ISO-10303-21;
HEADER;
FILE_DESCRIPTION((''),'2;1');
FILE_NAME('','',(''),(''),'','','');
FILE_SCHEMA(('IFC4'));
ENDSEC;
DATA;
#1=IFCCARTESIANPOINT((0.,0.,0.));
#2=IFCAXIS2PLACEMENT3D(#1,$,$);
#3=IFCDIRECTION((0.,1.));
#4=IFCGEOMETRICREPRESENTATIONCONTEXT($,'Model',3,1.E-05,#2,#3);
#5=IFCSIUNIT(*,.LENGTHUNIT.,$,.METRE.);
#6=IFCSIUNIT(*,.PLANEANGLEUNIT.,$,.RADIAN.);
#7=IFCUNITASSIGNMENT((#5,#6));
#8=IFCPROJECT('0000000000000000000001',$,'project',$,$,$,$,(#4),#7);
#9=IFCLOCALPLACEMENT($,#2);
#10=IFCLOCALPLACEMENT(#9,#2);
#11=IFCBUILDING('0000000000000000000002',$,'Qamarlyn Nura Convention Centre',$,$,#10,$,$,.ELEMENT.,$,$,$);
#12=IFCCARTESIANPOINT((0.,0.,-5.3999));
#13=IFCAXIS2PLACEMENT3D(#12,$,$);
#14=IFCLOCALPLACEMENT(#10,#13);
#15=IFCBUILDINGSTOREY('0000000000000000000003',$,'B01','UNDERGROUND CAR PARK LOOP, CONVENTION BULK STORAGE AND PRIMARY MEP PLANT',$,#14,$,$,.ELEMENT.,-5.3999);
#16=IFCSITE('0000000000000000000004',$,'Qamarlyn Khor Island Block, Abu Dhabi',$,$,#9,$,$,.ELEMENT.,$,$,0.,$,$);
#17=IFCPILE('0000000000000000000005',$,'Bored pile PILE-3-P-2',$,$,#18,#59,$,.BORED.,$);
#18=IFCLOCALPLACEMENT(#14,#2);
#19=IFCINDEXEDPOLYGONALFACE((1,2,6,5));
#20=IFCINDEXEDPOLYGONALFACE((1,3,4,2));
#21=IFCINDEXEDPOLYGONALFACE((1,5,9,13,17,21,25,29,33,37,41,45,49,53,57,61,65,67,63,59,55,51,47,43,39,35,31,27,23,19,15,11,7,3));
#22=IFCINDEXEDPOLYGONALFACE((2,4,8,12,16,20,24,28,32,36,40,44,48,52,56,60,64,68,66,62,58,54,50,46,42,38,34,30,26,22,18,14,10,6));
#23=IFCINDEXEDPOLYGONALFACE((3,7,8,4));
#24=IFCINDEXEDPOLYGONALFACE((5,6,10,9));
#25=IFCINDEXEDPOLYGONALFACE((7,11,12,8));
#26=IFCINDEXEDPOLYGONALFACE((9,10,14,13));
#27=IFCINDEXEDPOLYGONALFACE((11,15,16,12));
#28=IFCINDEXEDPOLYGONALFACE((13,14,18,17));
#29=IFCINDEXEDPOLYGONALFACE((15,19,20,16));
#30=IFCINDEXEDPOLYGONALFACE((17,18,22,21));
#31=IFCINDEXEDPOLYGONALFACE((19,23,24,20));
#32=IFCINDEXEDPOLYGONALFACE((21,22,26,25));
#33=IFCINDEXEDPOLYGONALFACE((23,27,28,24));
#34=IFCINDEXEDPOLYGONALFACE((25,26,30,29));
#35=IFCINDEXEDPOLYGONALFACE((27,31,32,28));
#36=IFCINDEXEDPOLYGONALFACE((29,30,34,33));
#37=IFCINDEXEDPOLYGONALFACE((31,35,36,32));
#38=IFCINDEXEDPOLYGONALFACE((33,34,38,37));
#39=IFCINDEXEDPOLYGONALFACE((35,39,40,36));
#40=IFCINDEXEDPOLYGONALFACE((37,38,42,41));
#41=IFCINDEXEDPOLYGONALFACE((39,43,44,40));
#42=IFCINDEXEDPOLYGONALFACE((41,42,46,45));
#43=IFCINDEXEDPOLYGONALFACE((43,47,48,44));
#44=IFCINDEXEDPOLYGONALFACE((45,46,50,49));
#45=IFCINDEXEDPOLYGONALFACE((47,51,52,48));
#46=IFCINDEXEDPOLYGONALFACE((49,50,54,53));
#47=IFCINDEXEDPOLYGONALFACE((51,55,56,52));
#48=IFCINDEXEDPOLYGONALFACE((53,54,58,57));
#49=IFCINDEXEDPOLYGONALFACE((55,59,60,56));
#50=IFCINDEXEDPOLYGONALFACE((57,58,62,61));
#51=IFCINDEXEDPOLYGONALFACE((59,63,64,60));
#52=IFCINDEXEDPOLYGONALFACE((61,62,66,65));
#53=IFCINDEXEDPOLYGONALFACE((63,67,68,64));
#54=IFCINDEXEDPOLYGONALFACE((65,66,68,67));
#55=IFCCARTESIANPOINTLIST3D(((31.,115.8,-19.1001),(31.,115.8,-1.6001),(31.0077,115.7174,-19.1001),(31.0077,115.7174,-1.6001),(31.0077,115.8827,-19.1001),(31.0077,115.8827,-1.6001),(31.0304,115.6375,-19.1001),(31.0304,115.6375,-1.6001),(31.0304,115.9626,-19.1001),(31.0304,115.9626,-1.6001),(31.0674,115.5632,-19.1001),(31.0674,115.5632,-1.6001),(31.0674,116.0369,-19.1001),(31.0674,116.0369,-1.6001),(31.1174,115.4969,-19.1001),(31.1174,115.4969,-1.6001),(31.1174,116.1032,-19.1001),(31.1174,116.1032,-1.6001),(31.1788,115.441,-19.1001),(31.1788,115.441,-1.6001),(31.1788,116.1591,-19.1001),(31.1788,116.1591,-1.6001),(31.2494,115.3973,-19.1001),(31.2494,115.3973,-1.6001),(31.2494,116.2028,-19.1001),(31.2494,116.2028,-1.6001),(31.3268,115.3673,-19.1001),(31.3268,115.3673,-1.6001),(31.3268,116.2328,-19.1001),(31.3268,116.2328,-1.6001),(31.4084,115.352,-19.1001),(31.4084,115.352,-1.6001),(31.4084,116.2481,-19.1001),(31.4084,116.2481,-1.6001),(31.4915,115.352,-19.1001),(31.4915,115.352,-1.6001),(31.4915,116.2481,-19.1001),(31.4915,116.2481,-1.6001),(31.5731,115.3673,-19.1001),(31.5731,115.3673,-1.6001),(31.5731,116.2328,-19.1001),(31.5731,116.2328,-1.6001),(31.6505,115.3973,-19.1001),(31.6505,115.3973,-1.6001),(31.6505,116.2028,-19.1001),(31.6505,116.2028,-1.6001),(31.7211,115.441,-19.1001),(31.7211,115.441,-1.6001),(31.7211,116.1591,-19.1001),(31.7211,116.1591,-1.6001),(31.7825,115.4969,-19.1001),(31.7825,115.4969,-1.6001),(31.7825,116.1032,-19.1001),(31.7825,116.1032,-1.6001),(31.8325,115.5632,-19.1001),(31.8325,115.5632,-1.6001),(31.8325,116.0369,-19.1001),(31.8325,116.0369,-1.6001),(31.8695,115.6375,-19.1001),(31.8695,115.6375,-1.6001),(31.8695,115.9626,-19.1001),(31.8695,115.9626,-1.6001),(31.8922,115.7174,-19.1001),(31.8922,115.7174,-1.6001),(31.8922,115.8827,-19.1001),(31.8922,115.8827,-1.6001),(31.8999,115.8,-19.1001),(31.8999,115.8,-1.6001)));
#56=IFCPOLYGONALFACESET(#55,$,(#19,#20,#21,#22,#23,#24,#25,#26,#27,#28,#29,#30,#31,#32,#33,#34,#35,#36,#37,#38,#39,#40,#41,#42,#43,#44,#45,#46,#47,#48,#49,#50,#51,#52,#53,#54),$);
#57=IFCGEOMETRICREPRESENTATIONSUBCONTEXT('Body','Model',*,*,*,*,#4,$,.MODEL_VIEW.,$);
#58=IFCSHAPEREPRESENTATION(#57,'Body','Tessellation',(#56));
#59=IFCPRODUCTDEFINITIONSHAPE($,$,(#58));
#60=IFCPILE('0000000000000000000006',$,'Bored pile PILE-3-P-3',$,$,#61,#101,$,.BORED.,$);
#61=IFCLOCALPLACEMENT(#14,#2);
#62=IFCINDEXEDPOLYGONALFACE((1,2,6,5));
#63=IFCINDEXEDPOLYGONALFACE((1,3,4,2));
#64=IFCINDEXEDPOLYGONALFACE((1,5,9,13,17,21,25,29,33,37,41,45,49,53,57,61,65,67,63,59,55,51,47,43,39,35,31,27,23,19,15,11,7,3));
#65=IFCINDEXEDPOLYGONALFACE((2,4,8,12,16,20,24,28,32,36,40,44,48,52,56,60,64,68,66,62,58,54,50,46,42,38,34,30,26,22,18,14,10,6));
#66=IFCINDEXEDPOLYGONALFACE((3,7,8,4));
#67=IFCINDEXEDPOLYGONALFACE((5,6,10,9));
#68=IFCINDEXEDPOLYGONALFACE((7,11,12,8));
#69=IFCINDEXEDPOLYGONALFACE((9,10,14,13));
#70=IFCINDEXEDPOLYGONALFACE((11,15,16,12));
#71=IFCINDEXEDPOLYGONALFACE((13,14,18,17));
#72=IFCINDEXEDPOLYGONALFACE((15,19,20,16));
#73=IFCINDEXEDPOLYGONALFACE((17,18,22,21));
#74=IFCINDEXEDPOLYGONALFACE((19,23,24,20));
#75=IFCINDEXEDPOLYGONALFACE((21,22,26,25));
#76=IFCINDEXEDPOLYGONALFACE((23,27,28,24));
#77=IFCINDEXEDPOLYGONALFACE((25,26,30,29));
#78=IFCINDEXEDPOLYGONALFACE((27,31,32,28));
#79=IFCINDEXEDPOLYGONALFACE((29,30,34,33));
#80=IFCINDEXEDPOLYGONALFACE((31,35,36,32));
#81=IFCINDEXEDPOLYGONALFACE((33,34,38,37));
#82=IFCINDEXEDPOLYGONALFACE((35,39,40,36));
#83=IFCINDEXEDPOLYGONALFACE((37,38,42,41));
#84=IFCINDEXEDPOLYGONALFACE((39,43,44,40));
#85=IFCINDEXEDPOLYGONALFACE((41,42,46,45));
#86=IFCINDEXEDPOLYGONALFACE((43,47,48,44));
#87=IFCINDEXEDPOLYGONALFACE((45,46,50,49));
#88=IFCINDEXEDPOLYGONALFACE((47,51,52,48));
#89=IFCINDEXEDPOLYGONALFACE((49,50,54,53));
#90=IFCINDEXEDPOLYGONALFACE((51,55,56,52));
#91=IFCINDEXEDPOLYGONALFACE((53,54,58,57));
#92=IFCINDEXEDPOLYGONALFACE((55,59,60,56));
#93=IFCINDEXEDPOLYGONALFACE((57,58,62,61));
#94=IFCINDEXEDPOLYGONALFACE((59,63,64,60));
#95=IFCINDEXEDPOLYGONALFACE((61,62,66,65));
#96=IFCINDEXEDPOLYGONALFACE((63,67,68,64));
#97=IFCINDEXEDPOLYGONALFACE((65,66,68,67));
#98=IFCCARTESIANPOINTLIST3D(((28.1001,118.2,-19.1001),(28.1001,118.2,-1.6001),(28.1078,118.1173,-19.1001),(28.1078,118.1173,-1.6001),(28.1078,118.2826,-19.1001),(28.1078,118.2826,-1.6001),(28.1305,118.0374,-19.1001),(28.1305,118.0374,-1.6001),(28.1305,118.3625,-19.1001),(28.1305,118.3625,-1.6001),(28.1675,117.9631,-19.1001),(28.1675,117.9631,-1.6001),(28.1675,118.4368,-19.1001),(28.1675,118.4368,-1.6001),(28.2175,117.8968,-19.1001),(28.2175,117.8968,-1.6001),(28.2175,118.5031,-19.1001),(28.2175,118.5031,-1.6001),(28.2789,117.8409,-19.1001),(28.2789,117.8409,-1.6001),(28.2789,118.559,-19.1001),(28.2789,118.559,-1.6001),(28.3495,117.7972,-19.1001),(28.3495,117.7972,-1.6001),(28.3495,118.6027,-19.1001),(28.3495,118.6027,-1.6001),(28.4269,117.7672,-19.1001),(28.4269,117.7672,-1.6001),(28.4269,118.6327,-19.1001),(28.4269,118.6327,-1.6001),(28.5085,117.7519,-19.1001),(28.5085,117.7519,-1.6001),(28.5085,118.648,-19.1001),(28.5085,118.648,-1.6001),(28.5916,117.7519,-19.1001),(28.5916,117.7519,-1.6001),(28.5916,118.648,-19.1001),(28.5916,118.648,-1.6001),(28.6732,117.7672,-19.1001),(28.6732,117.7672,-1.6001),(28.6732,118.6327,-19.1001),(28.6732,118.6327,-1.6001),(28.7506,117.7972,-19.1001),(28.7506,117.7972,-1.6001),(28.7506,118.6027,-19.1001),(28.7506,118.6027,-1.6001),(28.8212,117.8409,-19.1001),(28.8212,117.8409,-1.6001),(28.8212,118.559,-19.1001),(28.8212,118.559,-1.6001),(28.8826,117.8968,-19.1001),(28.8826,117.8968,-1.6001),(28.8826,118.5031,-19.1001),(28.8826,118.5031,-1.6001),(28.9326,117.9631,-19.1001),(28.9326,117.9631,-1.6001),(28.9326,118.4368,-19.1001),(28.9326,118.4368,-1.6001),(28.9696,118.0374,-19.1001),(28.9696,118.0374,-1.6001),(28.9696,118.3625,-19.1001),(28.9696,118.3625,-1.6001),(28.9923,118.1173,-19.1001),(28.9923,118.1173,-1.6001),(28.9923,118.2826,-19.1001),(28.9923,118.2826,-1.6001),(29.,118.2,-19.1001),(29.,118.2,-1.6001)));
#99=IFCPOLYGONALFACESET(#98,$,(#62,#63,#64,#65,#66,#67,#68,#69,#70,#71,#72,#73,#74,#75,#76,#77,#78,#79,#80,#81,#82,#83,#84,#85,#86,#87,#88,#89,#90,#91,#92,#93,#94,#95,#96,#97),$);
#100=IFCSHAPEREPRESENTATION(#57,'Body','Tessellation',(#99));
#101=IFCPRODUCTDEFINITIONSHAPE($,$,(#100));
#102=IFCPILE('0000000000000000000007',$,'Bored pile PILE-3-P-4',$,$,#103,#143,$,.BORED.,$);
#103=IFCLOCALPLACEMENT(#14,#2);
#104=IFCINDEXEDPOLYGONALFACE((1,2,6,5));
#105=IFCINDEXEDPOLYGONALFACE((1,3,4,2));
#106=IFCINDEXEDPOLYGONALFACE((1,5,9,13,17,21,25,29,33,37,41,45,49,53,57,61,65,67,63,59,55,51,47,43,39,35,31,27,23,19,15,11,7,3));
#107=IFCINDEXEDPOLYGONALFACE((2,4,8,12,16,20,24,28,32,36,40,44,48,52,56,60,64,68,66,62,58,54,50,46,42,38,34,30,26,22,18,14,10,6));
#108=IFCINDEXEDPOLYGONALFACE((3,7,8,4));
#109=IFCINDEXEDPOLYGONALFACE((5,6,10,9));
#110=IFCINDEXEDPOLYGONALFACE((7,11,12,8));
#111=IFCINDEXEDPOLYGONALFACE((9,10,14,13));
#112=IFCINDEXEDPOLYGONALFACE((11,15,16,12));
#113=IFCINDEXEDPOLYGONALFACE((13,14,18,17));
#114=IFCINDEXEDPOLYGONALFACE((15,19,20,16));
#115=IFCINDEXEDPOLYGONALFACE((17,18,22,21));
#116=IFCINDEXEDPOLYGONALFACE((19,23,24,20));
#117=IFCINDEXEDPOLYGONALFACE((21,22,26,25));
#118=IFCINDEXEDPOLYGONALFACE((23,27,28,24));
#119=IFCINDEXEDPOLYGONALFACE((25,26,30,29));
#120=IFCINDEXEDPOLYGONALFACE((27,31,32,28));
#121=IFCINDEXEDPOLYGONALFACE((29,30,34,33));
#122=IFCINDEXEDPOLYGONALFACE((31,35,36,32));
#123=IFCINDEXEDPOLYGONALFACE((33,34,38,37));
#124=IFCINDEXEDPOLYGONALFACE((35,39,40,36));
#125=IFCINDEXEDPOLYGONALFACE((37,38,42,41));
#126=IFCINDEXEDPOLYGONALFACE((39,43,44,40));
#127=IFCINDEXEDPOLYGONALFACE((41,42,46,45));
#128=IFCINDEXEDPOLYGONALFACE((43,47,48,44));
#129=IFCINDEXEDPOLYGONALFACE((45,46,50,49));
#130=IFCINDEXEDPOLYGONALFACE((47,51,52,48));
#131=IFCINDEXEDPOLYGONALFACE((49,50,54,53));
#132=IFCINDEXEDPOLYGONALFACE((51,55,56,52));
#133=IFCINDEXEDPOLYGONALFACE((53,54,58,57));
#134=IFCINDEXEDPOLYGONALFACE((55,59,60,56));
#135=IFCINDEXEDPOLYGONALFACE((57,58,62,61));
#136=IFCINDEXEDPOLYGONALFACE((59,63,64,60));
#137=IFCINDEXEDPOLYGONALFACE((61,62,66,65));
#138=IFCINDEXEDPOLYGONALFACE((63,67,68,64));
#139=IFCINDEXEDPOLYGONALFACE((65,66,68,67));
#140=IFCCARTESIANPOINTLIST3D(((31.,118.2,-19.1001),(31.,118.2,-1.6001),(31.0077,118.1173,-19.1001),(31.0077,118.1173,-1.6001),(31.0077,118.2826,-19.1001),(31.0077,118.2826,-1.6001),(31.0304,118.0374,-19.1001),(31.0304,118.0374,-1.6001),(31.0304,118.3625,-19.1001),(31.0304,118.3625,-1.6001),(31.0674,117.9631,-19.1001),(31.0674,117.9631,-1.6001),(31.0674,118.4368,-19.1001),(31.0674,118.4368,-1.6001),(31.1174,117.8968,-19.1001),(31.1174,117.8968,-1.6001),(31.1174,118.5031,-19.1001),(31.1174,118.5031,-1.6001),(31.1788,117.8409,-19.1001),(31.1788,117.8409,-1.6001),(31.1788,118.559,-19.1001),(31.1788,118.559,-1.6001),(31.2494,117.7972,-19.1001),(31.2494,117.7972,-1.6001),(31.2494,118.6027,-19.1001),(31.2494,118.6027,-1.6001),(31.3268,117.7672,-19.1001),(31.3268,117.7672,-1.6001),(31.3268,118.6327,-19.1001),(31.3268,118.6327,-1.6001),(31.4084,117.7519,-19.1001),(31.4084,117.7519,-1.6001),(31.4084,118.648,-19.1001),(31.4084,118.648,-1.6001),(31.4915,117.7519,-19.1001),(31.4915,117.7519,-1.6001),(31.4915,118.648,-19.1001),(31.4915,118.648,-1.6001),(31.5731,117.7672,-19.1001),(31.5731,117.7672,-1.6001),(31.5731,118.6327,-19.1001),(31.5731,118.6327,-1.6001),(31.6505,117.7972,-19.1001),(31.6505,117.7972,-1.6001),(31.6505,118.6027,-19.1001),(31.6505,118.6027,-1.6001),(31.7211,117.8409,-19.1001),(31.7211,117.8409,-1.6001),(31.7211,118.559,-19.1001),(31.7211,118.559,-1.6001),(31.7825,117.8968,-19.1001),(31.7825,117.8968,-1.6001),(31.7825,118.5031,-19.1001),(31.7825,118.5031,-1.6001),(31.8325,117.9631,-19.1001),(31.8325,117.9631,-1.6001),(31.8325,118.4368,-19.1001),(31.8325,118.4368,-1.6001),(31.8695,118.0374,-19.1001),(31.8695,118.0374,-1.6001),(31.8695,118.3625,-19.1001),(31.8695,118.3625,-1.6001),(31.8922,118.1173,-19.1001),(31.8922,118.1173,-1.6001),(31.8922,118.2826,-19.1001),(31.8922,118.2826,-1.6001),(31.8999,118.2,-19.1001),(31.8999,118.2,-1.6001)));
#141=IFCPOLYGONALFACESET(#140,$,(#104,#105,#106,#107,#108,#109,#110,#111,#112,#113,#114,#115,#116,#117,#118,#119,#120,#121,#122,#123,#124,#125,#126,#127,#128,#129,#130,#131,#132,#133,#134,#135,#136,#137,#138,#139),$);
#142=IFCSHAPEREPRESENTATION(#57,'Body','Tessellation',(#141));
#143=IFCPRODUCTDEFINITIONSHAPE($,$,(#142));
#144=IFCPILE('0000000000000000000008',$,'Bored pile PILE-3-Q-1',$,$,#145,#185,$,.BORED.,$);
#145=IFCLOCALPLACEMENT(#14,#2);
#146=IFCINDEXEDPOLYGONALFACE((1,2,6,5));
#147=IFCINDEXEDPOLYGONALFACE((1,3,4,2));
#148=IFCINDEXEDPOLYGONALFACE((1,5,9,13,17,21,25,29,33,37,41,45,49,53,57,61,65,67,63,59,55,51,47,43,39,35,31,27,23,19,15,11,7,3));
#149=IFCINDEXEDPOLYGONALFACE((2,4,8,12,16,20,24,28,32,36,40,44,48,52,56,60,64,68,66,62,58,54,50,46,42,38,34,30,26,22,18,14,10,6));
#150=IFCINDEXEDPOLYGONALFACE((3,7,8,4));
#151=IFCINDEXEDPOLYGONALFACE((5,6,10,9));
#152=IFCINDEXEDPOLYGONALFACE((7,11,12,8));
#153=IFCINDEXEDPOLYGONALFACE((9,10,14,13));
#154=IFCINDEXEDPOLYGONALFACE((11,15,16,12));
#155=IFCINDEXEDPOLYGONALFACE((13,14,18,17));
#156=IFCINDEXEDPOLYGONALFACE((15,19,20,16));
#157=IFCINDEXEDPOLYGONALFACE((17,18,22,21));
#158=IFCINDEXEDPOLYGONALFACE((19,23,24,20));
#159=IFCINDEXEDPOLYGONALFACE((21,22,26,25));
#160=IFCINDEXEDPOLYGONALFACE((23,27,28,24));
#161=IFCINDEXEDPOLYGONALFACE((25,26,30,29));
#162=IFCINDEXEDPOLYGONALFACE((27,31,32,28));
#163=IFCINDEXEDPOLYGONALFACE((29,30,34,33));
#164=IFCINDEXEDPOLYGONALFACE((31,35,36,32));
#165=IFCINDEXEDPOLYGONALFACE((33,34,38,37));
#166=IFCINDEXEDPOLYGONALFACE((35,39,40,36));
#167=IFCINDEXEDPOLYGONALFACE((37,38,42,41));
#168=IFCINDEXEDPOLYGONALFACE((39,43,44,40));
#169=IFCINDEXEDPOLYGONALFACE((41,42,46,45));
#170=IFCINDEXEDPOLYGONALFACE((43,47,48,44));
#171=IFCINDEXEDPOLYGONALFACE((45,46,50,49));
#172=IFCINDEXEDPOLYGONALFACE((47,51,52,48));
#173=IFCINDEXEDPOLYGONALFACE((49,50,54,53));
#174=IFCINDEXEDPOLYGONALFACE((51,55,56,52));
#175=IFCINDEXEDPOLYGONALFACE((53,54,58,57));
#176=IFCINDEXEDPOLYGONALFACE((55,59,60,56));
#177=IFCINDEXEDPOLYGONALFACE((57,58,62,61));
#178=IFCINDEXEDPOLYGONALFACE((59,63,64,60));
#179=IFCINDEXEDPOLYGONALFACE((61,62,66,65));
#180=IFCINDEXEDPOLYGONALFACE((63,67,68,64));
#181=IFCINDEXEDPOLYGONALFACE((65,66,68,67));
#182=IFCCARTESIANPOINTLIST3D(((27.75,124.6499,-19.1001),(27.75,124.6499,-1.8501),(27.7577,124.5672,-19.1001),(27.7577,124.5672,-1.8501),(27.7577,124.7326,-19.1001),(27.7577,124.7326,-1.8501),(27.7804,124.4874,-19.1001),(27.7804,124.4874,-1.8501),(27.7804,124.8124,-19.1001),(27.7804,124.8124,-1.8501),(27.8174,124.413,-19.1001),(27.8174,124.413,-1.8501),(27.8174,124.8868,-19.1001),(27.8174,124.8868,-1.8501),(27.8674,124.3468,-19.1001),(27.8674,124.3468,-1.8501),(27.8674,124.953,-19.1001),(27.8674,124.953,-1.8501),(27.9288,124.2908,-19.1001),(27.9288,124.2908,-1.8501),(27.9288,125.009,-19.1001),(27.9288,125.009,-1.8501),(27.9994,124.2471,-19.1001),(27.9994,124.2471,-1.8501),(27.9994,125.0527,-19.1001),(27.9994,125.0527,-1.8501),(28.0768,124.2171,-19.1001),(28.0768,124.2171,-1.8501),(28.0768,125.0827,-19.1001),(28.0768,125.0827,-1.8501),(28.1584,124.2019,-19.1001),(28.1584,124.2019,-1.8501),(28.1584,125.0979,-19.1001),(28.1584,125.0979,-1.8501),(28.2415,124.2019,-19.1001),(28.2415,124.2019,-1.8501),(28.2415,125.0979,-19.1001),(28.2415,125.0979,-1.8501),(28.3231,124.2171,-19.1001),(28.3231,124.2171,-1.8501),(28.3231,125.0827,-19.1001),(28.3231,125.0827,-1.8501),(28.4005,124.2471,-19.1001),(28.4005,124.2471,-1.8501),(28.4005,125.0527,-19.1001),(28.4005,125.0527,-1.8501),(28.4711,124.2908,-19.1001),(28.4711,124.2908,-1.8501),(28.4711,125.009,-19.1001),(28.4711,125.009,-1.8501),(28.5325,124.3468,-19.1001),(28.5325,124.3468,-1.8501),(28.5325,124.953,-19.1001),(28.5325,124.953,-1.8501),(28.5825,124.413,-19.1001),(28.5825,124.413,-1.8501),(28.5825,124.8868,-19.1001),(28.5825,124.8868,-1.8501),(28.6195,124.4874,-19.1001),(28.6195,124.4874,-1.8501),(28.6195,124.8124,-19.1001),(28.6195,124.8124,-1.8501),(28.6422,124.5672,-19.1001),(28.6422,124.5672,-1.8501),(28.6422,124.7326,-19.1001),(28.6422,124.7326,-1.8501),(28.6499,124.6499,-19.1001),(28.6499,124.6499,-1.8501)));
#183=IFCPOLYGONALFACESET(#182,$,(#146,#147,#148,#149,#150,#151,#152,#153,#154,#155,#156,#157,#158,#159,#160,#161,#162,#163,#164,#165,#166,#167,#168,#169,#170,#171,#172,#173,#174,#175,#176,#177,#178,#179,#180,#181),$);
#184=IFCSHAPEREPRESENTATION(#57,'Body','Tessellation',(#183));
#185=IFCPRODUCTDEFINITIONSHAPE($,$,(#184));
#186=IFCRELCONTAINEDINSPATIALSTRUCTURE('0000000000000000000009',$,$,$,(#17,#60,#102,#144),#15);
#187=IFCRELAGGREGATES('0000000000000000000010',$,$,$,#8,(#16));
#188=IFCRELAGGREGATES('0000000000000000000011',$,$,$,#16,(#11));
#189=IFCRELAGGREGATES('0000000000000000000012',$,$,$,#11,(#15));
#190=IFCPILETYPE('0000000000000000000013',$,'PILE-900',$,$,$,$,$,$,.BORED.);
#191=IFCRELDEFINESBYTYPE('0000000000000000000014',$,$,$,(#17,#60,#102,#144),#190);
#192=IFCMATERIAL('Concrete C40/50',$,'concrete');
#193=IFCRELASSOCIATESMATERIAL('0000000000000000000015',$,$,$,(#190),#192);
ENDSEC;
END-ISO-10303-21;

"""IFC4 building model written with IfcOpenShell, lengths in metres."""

from ifc_helpers import new_model, si_unit, direction, frame, origin, origin_2d, place, context, subcontext, project, spatial, circle, extrude, material, material_profile, profile_set, type_object, element, save


model = new_model("IFC4")

# Units and contexts
model_context = context("Model", 3, precision=1e-05, world=origin(), true_north=direction((0.0, 1.0)))
body_context = subcontext(model_context, "Body", "Model", "MODEL_VIEW")
ifc_project = project(units=[si_unit("LENGTHUNIT", "METRE"), si_unit("PLANEANGLEUNIT", "RADIAN")], contexts=[model_context])

# Site, building, storey
site_placement = place(None, origin())
site = spatial("IfcSite", under=ifc_project, at=site_placement, Name="Qamarlyn Khor Island Block, Abu Dhabi", CompositionType="ELEMENT", RefElevation=0.0)
building_placement = place(site_placement, origin())
building = spatial("IfcBuilding", under=site, at=building_placement, Name="Qamarlyn Nura Convention Centre", CompositionType="ELEMENT")
storey_placement = place(building_placement, frame((0.0, 0.0, -5.3999)))
storey = spatial("IfcBuildingStorey", under=building, at=storey_placement, Name="B01", Description="UNDERGROUND CAR PARK LOOP, CONVENTION BULK STORAGE AND PRIMARY MEP PLANT", CompositionType="ELEMENT", Elevation=-5.3999)

# Shared definitions
ifc_material_1 = material(Name="Concrete C40/50", Category="concrete")

# Piles
ifc_material_profile_1 = material_profile(ifc_material_1, circle(Radius=0.45, at=origin_2d()), Name="BORED PILE 900")
ifc_profile_set_1 = profile_set([ifc_material_profile_1], Name="Concrete C40/50")
pile_type = type_object("IfcPileType", Name="PILE-900", PredefinedType="BORED", material=ifc_profile_set_1)
for number, where, z_axis, x_axis, name in (
    (1, (31.45, 115.8, -1.6001), (0.0, 0.0, -1.0), (1.0, 0.0, 0.0), "Bored pile PILE-3-P-2"),
    (2, (28.55, 118.2, -1.6001), (0.0, 0.0, -1.0), (1.0, 0.0, 0.0), "Bored pile PILE-3-P-3"),
    (3, (31.45, 118.2, -1.6001), (0.0, 0.0, -1.0), (1.0, 0.0, 0.0), "Bored pile PILE-3-P-4"),
):
    element("IfcPile", number, at=place(storey_placement, frame(where, z_axis=z_axis, x_axis=x_axis)), inside=storey, type_object=pile_type, Name=name, PredefinedType="BORED", context=body_context, shape_type="SweptSolid", body=[
        extrude(circle(Radius=0.45, at=origin_2d()), origin(), (0.0, 0.0, 1.0), 17.5),
    ])
for number, where, z_axis, x_axis, name in (
    (4, (28.2, 124.6499, -1.8501), (0.0, 0.0, -1.0), (1.0, 0.0, 0.0), "Bored pile PILE-3-Q-1"),
):
    element("IfcPile", number, at=place(storey_placement, frame(where, z_axis=z_axis, x_axis=x_axis)), inside=storey, type_object=pile_type, Name=name, PredefinedType="BORED", context=body_context, shape_type="SweptSolid", body=[
        extrude(circle(Radius=0.45, at=origin_2d()), origin(), (0.0, 0.0, 1.0), 17.25),
    ])

save(model, "model.ifc")
